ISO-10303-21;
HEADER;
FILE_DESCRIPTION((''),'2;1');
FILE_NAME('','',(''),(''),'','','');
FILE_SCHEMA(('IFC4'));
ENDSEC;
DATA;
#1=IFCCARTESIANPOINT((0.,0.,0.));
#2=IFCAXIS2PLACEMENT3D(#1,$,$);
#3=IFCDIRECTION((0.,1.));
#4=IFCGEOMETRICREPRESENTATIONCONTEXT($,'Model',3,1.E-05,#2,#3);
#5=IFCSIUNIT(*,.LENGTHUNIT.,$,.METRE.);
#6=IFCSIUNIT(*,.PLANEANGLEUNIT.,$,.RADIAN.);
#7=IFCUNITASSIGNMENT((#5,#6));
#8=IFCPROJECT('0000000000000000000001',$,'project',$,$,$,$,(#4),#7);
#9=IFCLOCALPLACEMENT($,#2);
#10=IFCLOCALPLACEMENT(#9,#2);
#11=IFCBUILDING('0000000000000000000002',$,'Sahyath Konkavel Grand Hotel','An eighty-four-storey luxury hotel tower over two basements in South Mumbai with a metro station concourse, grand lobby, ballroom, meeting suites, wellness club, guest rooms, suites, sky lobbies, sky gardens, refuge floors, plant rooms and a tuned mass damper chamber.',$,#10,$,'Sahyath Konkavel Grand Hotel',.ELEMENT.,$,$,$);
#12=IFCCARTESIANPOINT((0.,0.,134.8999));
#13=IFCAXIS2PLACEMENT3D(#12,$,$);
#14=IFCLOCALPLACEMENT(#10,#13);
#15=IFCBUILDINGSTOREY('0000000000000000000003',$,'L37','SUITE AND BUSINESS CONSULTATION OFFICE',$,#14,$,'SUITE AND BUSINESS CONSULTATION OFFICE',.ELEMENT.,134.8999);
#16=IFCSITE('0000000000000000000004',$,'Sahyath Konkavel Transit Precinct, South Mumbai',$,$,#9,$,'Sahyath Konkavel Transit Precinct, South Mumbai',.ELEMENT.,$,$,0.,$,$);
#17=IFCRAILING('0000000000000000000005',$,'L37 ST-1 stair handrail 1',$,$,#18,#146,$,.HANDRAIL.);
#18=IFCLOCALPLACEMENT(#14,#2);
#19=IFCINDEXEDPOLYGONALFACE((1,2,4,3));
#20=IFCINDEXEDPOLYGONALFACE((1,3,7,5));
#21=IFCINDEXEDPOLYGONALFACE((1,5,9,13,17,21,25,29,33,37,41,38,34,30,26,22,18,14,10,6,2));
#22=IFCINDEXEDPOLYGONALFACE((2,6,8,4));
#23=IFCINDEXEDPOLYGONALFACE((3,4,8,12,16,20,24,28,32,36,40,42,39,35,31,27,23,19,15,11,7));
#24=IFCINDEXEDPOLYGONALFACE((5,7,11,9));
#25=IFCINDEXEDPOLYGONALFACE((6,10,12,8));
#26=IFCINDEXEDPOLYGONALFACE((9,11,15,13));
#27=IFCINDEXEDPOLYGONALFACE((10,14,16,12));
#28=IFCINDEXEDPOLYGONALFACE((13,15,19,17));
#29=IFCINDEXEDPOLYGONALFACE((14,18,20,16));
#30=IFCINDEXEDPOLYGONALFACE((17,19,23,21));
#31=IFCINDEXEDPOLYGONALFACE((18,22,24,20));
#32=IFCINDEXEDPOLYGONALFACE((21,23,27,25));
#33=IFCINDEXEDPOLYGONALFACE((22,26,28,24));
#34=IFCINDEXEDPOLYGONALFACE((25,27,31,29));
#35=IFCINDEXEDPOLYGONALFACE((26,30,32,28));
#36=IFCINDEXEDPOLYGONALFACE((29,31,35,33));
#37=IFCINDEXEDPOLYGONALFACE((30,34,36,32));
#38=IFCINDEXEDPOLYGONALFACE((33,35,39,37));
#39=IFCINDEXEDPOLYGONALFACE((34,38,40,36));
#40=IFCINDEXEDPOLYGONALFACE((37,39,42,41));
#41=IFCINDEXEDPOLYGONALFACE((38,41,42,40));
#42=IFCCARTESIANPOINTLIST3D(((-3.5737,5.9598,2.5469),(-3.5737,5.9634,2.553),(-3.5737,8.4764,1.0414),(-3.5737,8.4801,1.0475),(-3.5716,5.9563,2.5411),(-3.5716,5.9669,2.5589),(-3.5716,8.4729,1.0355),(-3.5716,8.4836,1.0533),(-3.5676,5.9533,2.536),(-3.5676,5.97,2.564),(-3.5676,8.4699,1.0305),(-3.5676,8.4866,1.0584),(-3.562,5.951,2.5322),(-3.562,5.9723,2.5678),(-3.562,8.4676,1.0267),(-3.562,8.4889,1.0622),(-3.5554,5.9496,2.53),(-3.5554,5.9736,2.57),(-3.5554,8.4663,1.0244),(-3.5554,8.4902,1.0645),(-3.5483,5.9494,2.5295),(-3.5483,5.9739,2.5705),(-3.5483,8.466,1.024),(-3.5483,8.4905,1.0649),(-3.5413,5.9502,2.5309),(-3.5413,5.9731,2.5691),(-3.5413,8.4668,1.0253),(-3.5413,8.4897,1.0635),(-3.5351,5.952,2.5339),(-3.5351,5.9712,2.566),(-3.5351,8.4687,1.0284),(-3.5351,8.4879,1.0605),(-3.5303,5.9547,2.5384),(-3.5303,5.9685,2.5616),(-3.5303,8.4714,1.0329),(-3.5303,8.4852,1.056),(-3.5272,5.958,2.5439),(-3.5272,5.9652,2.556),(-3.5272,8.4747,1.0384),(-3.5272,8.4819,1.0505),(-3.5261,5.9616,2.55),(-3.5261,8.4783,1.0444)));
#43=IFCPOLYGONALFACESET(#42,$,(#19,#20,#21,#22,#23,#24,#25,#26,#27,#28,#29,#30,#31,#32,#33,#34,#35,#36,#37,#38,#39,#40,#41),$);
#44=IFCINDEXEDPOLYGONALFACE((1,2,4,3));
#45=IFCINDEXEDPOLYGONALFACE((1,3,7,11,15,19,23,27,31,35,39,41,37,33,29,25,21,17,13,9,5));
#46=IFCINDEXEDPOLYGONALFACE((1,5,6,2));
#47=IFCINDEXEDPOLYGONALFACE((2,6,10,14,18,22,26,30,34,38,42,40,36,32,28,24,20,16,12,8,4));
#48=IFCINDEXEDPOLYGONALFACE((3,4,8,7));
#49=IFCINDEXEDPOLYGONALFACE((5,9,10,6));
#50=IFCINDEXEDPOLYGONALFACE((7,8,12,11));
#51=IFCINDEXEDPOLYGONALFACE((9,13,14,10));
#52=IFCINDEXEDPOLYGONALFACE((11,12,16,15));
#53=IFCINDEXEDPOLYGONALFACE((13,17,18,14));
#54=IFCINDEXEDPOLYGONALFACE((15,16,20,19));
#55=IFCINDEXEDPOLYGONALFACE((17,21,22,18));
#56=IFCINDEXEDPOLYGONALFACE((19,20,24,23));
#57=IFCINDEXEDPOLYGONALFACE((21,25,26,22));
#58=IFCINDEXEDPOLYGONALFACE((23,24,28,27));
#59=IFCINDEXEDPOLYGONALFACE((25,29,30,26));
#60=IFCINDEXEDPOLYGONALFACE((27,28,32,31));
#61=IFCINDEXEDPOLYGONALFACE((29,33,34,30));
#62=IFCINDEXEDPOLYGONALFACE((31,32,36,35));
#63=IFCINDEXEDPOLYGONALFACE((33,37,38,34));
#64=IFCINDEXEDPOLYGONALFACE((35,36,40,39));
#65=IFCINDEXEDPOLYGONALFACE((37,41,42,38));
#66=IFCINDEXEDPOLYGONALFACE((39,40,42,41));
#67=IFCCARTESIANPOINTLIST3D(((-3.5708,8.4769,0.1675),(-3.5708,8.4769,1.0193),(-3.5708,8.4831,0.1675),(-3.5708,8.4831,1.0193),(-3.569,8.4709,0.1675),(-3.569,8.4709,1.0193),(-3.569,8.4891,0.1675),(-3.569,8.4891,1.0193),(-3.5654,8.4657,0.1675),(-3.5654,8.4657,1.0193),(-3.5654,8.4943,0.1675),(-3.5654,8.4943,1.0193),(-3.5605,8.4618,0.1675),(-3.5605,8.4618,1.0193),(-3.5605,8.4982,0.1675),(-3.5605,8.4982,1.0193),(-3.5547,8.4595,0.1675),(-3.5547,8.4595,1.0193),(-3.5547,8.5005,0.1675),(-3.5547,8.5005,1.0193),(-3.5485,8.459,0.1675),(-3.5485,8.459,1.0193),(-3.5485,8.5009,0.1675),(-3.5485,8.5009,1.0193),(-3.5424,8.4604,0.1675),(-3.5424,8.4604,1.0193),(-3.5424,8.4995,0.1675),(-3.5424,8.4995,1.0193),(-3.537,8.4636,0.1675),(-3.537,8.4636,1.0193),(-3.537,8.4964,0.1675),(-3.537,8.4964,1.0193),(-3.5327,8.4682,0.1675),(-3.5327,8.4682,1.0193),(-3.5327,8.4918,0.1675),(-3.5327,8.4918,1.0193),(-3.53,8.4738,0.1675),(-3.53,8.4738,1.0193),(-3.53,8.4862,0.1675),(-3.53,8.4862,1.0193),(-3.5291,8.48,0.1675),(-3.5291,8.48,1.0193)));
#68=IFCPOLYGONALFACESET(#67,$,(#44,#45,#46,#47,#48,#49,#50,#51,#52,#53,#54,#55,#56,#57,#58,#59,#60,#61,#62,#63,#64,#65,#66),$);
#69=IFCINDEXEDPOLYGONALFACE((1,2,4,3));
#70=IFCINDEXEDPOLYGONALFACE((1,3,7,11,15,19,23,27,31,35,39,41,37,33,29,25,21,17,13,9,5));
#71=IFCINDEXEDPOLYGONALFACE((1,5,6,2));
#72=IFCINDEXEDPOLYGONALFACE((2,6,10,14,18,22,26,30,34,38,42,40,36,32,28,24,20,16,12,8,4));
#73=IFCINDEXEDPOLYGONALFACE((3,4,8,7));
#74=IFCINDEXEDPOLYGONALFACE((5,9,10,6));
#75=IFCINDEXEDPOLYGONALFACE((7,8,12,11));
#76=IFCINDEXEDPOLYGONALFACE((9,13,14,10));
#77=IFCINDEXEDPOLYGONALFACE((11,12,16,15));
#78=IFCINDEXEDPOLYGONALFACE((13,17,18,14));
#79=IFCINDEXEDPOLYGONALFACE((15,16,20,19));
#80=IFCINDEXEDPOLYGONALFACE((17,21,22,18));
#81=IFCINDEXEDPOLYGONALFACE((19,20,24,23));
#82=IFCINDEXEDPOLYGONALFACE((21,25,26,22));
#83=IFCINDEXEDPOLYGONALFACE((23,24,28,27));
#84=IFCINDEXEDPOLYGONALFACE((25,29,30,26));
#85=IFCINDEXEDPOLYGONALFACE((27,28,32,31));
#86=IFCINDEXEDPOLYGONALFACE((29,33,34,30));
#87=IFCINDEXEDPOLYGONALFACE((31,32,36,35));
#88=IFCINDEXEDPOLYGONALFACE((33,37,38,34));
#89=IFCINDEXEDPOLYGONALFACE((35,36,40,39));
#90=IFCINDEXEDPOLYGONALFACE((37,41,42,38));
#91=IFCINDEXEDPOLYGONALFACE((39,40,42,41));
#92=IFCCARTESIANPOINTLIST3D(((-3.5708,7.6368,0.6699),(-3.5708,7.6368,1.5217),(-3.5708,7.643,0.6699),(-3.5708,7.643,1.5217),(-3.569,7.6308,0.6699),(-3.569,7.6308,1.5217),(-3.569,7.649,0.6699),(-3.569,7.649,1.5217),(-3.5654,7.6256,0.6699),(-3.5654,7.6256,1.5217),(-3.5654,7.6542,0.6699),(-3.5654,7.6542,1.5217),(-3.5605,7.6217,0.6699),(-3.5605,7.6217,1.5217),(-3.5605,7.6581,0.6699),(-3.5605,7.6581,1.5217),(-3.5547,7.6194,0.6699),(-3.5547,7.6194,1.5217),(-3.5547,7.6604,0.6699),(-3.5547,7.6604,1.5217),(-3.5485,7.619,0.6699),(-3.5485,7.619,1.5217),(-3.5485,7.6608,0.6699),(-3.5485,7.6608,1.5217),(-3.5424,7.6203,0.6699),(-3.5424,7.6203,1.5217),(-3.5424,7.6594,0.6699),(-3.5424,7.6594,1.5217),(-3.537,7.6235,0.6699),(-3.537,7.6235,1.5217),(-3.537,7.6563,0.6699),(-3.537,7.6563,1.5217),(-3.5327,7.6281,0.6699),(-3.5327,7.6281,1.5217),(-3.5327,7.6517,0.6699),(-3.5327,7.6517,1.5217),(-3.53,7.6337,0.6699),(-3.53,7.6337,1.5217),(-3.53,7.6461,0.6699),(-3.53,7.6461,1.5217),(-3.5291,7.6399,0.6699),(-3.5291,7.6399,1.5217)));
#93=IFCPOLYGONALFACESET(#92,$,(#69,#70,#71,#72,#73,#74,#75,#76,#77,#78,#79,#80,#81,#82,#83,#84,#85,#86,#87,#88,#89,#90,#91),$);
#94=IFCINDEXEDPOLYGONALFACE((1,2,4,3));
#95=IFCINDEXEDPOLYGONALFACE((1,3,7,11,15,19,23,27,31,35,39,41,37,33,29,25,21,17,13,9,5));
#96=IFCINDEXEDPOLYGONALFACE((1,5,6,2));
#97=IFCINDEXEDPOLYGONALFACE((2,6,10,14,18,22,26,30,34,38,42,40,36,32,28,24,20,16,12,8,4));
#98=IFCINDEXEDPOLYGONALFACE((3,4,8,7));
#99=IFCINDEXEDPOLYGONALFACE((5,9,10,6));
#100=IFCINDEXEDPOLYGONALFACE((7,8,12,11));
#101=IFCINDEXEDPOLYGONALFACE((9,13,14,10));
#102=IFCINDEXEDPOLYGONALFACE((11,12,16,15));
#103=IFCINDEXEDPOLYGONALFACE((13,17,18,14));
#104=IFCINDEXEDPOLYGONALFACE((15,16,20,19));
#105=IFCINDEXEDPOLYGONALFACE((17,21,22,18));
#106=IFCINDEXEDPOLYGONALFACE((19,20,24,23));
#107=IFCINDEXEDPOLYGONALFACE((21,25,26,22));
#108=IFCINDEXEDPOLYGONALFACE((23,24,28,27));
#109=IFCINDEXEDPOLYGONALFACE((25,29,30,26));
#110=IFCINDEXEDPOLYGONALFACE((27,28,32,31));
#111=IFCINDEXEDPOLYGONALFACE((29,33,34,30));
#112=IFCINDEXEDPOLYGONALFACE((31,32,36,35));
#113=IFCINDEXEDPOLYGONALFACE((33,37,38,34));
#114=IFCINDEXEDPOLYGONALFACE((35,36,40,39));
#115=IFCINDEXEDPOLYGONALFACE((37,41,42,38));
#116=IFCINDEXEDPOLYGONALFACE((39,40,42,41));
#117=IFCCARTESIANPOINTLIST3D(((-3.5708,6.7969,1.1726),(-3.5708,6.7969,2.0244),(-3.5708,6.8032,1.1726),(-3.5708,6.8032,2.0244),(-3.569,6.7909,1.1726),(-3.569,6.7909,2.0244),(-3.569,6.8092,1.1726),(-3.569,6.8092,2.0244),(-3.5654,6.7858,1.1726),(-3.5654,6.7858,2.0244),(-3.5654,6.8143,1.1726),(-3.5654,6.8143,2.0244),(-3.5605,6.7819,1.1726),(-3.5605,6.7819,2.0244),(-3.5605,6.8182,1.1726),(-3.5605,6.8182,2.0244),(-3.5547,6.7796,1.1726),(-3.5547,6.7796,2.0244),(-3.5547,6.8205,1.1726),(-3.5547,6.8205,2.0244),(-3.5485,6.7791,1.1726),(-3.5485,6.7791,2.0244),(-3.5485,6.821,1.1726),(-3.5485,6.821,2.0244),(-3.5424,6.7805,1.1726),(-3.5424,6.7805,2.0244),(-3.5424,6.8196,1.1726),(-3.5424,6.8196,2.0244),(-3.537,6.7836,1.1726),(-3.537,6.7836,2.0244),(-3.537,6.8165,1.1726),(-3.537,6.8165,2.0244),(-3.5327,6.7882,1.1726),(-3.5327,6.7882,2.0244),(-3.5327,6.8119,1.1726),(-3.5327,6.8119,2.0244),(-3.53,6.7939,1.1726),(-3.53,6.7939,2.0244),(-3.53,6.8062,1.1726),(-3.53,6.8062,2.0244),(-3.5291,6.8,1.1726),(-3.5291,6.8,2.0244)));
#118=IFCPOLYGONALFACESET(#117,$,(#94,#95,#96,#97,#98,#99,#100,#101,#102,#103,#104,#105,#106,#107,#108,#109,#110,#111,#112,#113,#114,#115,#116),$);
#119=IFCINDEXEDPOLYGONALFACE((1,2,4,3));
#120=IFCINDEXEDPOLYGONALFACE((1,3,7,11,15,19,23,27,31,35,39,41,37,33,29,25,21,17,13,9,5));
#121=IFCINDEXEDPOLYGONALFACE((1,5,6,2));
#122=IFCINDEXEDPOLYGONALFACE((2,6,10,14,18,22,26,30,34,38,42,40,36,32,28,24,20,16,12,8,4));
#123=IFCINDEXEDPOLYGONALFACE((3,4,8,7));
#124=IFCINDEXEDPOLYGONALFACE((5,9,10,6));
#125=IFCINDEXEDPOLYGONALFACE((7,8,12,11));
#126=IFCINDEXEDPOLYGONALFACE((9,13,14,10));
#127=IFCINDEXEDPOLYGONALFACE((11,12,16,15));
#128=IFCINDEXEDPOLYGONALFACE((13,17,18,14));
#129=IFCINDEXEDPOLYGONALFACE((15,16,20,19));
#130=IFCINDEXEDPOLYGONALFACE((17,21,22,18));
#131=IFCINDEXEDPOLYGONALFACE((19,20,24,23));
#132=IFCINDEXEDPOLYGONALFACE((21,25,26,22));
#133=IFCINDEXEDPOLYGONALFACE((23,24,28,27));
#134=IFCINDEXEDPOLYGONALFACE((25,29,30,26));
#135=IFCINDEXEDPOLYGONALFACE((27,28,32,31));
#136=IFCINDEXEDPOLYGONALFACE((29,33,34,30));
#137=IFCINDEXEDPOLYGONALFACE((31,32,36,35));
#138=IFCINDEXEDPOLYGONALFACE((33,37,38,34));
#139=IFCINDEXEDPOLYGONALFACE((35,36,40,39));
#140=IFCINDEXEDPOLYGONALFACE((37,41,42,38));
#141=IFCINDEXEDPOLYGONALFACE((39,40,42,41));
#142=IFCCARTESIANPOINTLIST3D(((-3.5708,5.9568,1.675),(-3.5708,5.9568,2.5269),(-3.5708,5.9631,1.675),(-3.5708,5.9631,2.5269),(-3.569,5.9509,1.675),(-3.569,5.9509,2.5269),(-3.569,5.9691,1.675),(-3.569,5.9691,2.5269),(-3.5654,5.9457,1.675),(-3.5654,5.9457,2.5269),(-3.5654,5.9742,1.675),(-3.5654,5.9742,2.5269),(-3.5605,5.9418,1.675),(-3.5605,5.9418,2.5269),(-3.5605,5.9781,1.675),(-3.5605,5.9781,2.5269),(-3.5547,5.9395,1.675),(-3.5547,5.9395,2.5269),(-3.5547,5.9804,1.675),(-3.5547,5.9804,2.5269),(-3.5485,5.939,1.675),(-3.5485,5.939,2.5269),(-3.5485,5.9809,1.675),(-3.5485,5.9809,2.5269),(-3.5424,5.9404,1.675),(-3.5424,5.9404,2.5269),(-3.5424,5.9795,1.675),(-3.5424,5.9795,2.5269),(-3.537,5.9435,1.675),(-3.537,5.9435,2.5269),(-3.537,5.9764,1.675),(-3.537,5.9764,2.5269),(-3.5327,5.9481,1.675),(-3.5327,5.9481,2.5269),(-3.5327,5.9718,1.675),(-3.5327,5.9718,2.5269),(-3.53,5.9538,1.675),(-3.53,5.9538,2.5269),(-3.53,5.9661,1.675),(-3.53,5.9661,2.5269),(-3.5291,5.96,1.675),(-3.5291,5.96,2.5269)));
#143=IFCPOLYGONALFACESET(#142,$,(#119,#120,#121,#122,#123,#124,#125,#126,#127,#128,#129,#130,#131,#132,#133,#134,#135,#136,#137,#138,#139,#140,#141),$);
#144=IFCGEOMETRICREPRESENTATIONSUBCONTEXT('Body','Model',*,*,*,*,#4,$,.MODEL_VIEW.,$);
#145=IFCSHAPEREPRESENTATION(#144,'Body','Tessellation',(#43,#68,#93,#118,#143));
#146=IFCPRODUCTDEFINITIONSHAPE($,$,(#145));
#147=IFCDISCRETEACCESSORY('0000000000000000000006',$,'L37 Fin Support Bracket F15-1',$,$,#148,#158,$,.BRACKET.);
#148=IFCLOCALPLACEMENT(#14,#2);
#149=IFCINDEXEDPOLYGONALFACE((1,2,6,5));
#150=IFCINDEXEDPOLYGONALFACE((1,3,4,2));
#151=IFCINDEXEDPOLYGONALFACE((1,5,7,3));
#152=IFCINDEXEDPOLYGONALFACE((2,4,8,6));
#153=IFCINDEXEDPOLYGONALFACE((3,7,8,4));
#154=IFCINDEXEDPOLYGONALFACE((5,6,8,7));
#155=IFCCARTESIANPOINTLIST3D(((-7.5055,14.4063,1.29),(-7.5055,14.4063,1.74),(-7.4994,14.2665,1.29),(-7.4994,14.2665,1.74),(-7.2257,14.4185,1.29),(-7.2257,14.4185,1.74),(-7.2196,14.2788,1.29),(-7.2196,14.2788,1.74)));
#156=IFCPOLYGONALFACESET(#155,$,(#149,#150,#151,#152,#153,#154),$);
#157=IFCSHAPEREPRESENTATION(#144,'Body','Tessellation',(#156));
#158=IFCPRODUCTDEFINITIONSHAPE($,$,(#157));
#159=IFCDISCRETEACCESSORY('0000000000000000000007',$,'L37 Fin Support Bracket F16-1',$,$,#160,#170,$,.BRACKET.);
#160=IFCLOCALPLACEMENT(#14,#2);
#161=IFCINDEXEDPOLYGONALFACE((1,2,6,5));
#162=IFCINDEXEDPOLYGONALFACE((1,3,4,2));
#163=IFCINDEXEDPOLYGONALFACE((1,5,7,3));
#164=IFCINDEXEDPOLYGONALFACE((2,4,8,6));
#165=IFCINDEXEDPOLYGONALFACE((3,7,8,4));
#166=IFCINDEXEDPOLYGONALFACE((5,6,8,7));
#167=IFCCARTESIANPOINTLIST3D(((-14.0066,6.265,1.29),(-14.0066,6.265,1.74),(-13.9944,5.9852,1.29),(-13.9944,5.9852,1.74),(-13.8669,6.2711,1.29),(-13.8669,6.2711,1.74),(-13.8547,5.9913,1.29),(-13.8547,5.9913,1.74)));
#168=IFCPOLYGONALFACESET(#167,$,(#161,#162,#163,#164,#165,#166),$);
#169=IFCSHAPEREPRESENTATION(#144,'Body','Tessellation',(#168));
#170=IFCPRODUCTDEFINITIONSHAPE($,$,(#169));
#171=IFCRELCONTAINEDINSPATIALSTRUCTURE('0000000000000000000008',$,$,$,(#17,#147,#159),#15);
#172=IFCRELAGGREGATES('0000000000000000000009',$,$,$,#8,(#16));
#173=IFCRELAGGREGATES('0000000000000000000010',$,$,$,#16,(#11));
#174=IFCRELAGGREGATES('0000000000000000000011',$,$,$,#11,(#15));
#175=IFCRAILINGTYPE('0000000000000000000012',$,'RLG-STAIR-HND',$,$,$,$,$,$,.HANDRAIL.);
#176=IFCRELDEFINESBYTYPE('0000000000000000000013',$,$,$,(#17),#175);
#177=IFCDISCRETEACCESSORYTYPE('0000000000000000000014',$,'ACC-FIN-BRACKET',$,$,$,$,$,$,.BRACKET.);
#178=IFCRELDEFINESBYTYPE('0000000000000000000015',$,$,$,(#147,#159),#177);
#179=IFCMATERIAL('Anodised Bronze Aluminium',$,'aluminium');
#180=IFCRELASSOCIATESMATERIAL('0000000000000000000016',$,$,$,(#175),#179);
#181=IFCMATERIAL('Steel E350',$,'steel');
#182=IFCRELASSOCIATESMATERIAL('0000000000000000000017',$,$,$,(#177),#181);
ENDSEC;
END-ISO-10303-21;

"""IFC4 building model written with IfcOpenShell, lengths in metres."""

from ifc_helpers import new_model, si_unit, direction, frame, origin, origin_2d, place, context, subcontext, project, spatial, rectangle, circle, extrude, source, transform, mapped, material, type_object, element, save


model = new_model("IFC4")

# Units and contexts
model_context = context("Model", 3, precision=1e-05, world=origin(), true_north=direction((0.0, 1.0)))
body_context = subcontext(model_context, "Body", "Model", "MODEL_VIEW")
ifc_project = project(units=[si_unit("LENGTHUNIT", "METRE"), si_unit("PLANEANGLEUNIT", "RADIAN")], contexts=[model_context])

# Site, building, storey
site_placement = place(None, origin())
site = spatial("IfcSite", under=ifc_project, at=site_placement, Name="Sahyath Konkavel Transit Precinct, South Mumbai", LongName="Sahyath Konkavel Transit Precinct, South Mumbai", CompositionType="ELEMENT", RefElevation=0.0)
building_placement = place(site_placement, origin())
building = spatial("IfcBuilding", under=site, at=building_placement, Name="Sahyath Konkavel Grand Hotel", Description="An eighty-four-storey luxury hotel tower over two basements in South Mumbai with a metro station concourse, grand lobby, ballroom, meeting suites, wellness club, guest rooms, suites, sky lobbies, sky gardens, refuge floors, plant rooms and a tuned mass damper chamber.", LongName="Sahyath Konkavel Grand Hotel", CompositionType="ELEMENT")
storey_placement = place(building_placement, frame((0.0, 0.0, 134.8999)))
storey = spatial("IfcBuildingStorey", under=building, at=storey_placement, Name="L37", Description="SUITE AND BUSINESS CONSULTATION OFFICE", LongName="SUITE AND BUSINESS CONSULTATION OFFICE", CompositionType="ELEMENT", Elevation=134.8999)

# Shared definitions
ifc_material_1 = material(Name="Steel E350", Category="steel")

# Shared definitions
ifc_material_2 = material(Name="Anodised Bronze Aluminium", Category="aluminium")

# Railing
railing_type_1 = type_object("IfcRailingType", Name="RLG-STAIR-HND", PredefinedType="HANDRAIL", material=ifc_material_2)
railing_1_placement = place(storey_placement, frame((-3.55, 8.48, 0.1675)))
element("IfcRailing", 1, at=railing_1_placement, inside=storey, type_object=railing_type_1, Name="L37 ST-1 stair handrail 1", PredefinedType="HANDRAIL", context=body_context, shape_type="SweptSolid", body=[
    extrude(circle(Radius=0.0239, at=origin_2d()), frame((0.0, -0.0017, 0.877), z_axis=(0.0, -0.85816, 0.513383), x_axis=(1.0, 0.0, 0.0)), (0.0, 0.0, 1.0), 2.9326),
    extrude(circle(Radius=0.021, at=origin_2d()), origin(), (0.0, 0.0, 1.0), 0.8518),
    extrude(circle(Radius=0.021, at=origin_2d()), frame((0.0, -0.8401, 0.5024)), (0.0, 0.0, 1.0), 0.8518),
    extrude(circle(Radius=0.021, at=origin_2d()), frame((0.0, -1.6799, 1.0051)), (0.0, 0.0, 1.0), 0.8518),
    extrude(circle(Radius=0.021, at=origin_2d()), frame((0.0, -2.52, 1.5076)), (0.0, 0.0, 1.0), 0.8518),
])

# Discrete accessories
discrete_accessory_type = type_object("IfcDiscreteAccessoryType", Name="ACC-FIN-BRACKET", PredefinedType="BRACKET", material=ifc_material_1)
shared_shape_1 = source(origin(), body_context, "Body", "SweptSolid", [
    extrude(rectangle(XDim=0.28, YDim=0.1399, at=origin_2d()), origin(), (0.0, 0.0, 1.0), 0.45),
])
for number, where, z_axis, x_axis, name in (
    (2, (-7.3625, 14.3425, 1.29), (0.0, 0.0, 1.0), (-0.999048, -0.043619, 0.0), "L37 Fin Support Bracket F15-1"),
    (3, (-13.9307, 6.1282, 1.29), (0.0, 0.0, 1.0), (-0.043602, 0.999049, 0.0), "L37 Fin Support Bracket F16-1"),
):
    element("IfcDiscreteAccessory", number, at=place(storey_placement, frame(where, z_axis=z_axis, x_axis=x_axis)), inside=storey, type_object=discrete_accessory_type, Name=name, PredefinedType="BRACKET", context=body_context, shape_type="MappedRepresentation", body=[
        mapped(shared_shape_1, transform((0.0, 0.0, 0.0), scale=1.0)),
    ])

save(model, "model.ifc")
